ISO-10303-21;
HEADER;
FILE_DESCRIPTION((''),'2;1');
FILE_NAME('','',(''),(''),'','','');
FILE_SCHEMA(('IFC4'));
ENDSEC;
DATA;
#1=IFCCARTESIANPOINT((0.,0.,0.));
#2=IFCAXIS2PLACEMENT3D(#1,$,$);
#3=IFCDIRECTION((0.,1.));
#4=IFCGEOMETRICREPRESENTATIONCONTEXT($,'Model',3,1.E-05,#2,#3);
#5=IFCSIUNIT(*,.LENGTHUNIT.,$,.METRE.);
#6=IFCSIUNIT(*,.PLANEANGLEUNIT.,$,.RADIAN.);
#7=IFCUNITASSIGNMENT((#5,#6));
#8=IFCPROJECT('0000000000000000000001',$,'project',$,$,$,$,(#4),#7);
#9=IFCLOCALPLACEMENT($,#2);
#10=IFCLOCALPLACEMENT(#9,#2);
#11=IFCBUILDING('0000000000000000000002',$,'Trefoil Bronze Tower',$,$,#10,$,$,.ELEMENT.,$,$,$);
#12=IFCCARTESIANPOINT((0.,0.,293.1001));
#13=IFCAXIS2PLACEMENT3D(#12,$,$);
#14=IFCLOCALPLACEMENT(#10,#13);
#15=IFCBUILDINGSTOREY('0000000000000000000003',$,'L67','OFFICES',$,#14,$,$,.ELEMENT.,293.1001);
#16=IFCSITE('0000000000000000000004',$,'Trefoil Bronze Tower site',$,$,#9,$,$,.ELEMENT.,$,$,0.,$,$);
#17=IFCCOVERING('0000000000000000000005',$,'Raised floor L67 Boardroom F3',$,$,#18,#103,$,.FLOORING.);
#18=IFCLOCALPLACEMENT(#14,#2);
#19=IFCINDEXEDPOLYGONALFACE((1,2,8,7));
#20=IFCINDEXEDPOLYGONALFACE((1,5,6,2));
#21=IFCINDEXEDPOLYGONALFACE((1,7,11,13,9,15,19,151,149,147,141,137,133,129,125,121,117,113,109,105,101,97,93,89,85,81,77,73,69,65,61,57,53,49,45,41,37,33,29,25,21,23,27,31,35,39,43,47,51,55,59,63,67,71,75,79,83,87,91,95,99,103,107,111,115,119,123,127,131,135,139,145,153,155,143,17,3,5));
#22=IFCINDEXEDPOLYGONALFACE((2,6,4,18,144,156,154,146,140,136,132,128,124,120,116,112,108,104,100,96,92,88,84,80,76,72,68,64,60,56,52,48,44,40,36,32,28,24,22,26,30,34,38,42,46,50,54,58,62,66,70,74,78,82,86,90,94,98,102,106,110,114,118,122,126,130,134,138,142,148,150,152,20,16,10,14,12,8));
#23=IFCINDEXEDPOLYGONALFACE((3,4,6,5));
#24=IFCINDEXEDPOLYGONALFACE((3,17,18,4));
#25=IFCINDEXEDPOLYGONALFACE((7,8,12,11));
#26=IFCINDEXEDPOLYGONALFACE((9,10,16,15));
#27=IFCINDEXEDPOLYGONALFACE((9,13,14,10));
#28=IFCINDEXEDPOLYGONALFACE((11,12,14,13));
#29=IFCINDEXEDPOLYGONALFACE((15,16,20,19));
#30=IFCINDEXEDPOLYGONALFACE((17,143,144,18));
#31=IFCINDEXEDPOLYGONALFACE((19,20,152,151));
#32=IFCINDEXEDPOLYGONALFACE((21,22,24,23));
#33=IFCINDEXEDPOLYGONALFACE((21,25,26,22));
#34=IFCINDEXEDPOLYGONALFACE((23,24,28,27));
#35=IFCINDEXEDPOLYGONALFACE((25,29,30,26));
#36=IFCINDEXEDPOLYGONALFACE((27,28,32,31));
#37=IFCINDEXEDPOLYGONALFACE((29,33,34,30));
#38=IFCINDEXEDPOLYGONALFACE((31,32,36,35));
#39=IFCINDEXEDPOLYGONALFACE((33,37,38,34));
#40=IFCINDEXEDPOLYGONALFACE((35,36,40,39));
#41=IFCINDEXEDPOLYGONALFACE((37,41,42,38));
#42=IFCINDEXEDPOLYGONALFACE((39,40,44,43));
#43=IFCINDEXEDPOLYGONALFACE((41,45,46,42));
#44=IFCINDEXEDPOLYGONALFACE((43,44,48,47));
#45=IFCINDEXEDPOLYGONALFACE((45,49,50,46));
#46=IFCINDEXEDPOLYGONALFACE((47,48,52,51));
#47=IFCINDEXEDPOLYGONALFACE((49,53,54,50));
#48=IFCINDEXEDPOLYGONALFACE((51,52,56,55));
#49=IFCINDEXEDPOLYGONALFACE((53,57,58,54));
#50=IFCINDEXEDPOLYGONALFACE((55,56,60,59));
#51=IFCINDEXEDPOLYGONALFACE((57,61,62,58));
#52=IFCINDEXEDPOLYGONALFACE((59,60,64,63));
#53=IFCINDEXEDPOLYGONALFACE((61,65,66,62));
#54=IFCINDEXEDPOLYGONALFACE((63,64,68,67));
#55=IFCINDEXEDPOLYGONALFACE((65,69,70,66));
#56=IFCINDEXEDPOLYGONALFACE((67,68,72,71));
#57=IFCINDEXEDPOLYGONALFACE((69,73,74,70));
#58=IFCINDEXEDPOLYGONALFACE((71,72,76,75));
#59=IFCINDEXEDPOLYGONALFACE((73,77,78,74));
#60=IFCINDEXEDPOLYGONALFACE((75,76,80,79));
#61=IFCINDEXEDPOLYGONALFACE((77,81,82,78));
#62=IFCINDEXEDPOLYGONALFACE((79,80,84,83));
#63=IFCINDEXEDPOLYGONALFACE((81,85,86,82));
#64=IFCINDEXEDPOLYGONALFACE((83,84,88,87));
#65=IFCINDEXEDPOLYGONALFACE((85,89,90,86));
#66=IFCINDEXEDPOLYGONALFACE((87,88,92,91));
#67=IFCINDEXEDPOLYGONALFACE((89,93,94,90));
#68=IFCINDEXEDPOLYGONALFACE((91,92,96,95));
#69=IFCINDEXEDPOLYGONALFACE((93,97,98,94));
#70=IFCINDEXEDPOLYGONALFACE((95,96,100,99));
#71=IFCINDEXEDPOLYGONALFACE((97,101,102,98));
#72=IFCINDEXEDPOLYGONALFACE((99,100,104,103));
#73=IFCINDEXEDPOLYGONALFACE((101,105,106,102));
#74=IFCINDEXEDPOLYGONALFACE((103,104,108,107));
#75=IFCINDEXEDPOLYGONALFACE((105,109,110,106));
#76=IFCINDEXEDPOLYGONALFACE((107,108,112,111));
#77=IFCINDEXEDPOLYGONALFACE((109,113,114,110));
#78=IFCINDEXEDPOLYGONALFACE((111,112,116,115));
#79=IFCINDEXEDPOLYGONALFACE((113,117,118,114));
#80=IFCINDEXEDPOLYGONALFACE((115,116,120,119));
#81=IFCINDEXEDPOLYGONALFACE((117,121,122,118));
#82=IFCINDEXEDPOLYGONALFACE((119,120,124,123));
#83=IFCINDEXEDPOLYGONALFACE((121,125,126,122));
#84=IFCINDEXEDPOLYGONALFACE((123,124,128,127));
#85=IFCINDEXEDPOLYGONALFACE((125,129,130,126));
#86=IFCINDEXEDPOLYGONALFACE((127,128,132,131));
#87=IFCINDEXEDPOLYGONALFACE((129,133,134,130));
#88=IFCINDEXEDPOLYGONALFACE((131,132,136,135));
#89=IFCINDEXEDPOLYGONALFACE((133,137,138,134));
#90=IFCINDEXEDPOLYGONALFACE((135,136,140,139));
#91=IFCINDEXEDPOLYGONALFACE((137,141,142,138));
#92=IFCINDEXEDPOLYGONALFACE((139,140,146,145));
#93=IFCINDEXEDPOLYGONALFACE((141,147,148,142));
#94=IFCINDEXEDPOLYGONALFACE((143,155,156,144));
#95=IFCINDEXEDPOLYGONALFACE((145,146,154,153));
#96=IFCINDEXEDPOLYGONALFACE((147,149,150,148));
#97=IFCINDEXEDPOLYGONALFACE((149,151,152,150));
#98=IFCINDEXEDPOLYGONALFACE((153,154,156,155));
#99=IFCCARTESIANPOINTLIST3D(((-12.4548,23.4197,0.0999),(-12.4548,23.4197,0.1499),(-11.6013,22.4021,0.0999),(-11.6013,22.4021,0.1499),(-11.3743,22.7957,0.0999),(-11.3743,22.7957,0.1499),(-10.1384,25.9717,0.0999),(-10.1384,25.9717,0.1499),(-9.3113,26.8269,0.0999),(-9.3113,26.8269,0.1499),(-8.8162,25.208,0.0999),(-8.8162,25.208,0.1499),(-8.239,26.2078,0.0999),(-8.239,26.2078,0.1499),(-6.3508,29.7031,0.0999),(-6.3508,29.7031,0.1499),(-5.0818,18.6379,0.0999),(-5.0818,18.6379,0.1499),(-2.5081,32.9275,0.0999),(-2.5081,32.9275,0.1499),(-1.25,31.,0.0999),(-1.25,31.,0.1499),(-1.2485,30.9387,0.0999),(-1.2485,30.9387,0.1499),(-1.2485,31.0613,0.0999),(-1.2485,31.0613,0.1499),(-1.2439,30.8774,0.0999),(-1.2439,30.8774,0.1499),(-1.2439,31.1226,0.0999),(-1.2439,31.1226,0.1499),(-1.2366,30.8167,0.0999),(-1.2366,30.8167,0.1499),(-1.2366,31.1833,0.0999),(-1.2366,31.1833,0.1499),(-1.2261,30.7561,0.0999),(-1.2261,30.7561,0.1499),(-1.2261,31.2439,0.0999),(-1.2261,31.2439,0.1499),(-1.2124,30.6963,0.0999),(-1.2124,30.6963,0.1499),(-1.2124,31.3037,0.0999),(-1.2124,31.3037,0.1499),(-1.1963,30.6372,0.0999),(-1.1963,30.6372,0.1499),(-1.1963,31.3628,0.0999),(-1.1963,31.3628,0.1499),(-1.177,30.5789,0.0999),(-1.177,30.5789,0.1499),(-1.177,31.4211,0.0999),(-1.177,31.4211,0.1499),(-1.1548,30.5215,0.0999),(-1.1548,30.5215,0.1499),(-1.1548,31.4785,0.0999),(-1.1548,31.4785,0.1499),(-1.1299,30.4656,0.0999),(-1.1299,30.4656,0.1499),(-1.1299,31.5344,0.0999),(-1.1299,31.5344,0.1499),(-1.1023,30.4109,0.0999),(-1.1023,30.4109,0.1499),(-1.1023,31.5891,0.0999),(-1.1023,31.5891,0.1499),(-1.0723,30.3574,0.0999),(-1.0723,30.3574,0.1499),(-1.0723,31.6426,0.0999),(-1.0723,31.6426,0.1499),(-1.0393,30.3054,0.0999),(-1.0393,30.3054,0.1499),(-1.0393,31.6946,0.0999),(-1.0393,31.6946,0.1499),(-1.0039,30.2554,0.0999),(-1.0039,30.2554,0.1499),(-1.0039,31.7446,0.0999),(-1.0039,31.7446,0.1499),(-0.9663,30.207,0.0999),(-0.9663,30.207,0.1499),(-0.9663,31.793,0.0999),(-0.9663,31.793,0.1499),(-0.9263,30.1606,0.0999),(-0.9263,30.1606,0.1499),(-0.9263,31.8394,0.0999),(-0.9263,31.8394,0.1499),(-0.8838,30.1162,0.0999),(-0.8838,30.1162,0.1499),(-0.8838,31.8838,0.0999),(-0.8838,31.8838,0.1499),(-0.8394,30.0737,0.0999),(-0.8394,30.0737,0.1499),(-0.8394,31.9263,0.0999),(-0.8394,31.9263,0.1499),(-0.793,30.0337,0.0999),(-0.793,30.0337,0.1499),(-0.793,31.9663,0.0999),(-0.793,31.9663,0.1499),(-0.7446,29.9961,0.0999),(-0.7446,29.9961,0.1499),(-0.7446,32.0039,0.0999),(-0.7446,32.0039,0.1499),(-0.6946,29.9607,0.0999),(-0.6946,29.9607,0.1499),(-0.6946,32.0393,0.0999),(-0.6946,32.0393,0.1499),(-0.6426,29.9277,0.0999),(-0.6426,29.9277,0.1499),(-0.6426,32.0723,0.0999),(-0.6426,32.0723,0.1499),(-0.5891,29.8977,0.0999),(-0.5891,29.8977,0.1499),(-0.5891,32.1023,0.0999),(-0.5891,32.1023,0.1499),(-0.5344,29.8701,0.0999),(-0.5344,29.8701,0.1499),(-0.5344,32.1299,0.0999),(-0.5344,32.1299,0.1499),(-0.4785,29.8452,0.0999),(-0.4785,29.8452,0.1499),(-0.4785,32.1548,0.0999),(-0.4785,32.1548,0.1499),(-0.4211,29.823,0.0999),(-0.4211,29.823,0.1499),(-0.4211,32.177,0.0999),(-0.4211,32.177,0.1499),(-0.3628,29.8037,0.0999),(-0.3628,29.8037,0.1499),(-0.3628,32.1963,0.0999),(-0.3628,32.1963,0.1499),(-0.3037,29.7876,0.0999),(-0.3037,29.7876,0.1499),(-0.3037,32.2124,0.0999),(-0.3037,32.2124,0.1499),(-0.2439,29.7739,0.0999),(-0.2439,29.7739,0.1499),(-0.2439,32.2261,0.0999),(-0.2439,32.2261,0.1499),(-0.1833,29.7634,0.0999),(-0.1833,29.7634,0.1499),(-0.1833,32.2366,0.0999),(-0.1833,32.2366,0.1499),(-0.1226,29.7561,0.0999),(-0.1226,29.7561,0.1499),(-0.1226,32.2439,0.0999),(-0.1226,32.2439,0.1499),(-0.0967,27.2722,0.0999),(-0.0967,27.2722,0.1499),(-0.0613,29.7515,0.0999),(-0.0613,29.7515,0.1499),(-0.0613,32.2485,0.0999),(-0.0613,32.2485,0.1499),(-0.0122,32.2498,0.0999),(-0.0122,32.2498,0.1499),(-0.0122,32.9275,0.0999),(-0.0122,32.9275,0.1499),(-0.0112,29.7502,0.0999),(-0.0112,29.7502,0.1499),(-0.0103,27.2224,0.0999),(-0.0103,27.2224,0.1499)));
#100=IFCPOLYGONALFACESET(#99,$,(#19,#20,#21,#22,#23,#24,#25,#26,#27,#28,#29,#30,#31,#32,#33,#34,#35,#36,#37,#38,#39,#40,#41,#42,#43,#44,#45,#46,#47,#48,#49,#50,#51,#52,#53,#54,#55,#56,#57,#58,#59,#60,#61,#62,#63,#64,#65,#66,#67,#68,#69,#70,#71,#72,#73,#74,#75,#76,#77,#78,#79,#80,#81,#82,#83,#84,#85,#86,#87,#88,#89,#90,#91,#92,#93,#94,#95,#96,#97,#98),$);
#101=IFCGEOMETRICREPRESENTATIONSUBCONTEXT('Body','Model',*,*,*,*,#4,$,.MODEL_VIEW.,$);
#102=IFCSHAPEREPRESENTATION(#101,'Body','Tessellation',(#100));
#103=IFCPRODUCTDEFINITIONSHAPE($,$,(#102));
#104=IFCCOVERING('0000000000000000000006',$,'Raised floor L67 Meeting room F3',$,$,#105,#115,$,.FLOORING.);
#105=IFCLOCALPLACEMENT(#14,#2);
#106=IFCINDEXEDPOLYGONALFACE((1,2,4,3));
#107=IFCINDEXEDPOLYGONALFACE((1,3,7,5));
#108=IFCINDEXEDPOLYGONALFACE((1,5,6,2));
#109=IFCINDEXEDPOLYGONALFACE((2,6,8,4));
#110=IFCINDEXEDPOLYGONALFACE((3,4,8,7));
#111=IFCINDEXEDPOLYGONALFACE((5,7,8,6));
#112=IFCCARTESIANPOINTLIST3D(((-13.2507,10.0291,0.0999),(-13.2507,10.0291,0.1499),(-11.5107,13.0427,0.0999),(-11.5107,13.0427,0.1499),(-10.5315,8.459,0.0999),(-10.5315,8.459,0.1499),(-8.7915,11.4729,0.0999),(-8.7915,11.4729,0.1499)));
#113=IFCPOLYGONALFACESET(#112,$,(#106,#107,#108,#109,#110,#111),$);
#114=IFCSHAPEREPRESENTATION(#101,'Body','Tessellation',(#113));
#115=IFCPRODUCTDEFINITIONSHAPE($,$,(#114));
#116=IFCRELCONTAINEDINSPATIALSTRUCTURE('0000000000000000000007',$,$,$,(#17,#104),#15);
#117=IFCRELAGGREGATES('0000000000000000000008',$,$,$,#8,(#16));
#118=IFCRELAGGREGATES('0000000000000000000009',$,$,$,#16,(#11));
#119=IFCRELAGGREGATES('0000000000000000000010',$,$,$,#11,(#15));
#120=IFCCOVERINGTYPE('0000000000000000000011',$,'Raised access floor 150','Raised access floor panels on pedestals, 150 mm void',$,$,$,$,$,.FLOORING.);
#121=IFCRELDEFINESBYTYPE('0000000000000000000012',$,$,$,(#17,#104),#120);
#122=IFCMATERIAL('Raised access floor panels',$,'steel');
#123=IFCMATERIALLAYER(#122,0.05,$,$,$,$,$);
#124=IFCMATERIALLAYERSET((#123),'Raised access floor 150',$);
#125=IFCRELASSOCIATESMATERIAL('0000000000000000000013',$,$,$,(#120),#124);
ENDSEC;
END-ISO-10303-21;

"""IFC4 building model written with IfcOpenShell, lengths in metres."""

from ifc_helpers import new_model, si_unit, direction, frame, origin, place, context, subcontext, project, spatial, polyline, outline, extrude, material, layer, layer_set, type_object, element, save


model = new_model("IFC4")

# Units and contexts
model_context = context("Model", 3, precision=1e-05, world=origin(), true_north=direction((0.0, 1.0)))
body_context = subcontext(model_context, "Body", "Model", "MODEL_VIEW")
ifc_project = project(units=[si_unit("LENGTHUNIT", "METRE"), si_unit("PLANEANGLEUNIT", "RADIAN")], contexts=[model_context])

# Site, building, storey
site_placement = place(None, origin())
site = spatial("IfcSite", under=ifc_project, at=site_placement, Name="Trefoil Bronze Tower site", CompositionType="ELEMENT", RefElevation=0.0)
building_placement = place(site_placement, origin())
building = spatial("IfcBuilding", under=site, at=building_placement, Name="Trefoil Bronze Tower", CompositionType="ELEMENT")
storey_placement = place(building_placement, frame((0.0, 0.0, 293.1001)))
storey = spatial("IfcBuildingStorey", under=building, at=storey_placement, Name="L67", Description="OFFICES", CompositionType="ELEMENT", Elevation=293.1001)

# Coverings
ifc_material_1 = material(Name="Raised access floor panels", Category="steel")
ifc_layer_1 = layer(ifc_material_1, 0.05)
ifc_layer_set_1 = layer_set([ifc_layer_1], Name="Raised access floor 150")
covering_type_1 = type_object("IfcCoveringType", Name="Raised access floor 150", Description="Raised access floor panels on pedestals, 150 mm void", PredefinedType="FLOORING", material=ifc_layer_set_1)
covering_1_placement = place(storey_placement, frame((0.0, 0.0, 0.0999)))
element("IfcCovering", 1, at=covering_1_placement, inside=storey, type_object=covering_type_1, Name="Raised floor L67 Boardroom F3", PredefinedType="FLOORING", context=body_context, shape_type="SweptSolid", body=[
    extrude(outline(polyline([(-0.0613, 29.7515), (-0.0112, 29.7502), (-0.0103, 27.2224), (-0.0967, 27.2722), (-5.0818, 18.6379), (-11.6013, 22.4021), (-11.3743, 22.7957), (-12.4548, 23.4197), (-10.1384, 25.9717), (-8.8162, 25.208), (-8.239, 26.2078), (-9.3113, 26.8269), (-6.3508, 29.7031), (-2.5081, 32.9275), (-0.0122, 32.9275), (-0.0122, 32.2498), (-0.0613, 32.2485), (-0.1226, 32.2439), (-0.1833, 32.2366), (-0.2439, 32.2261), (-0.3037, 32.2124), (-0.3628, 32.1963), (-0.4211, 32.177), (-0.4785, 32.1548), (-0.5344, 32.1299), (-0.5891, 32.1023), (-0.6426, 32.0723), (-0.6946, 32.0393), (-0.7446, 32.0039), (-0.793, 31.9663), (-0.8394, 31.9263), (-0.8838, 31.8838), (-0.9263, 31.8394), (-0.9663, 31.793), (-1.0039, 31.7446), (-1.0393, 31.6946), (-1.0723, 31.6426), (-1.1023, 31.5891), (-1.1299, 31.5344), (-1.1548, 31.4785), (-1.177, 31.4211), (-1.1963, 31.3628), (-1.2124, 31.3037), (-1.2261, 31.2439), (-1.2366, 31.1833), (-1.2439, 31.1226), (-1.2485, 31.0613), (-1.25, 31.0), (-1.2485, 30.9387), (-1.2439, 30.8774), (-1.2366, 30.8167), (-1.2261, 30.7561), (-1.2124, 30.6963), (-1.1963, 30.6372), (-1.177, 30.5789), (-1.1548, 30.5215), (-1.1299, 30.4656), (-1.1023, 30.4109), (-1.0723, 30.3574), (-1.0393, 30.3054), (-1.0039, 30.2554), (-0.9663, 30.207), (-0.9263, 30.1606), (-0.8838, 30.1162), (-0.8394, 30.0737), (-0.793, 30.0337), (-0.7446, 29.9961), (-0.6946, 29.9607), (-0.6426, 29.9277), (-0.5891, 29.8977), (-0.5344, 29.8701), (-0.4785, 29.8452), (-0.4211, 29.823), (-0.3628, 29.8037), (-0.3037, 29.7876), (-0.2439, 29.7739), (-0.1833, 29.7634), (-0.1226, 29.7561), (-0.0613, 29.7515)])), origin(), (0.0, 0.0, 1.0), 0.05),
])
covering_2_placement = place(storey_placement, frame((0.0, 0.0, 0.0999)))
element("IfcCovering", 2, at=covering_2_placement, inside=storey, type_object=covering_type_1, Name="Raised floor L67 Meeting room F3", PredefinedType="FLOORING", context=body_context, shape_type="SweptSolid", body=[
    extrude(outline(polyline([(-10.5315, 8.459), (-13.2507, 10.0291), (-11.5107, 13.0427), (-8.7915, 11.4729), (-10.5315, 8.459)])), origin(), (0.0, 0.0, 1.0), 0.05),
])

save(model, "model.ifc")
